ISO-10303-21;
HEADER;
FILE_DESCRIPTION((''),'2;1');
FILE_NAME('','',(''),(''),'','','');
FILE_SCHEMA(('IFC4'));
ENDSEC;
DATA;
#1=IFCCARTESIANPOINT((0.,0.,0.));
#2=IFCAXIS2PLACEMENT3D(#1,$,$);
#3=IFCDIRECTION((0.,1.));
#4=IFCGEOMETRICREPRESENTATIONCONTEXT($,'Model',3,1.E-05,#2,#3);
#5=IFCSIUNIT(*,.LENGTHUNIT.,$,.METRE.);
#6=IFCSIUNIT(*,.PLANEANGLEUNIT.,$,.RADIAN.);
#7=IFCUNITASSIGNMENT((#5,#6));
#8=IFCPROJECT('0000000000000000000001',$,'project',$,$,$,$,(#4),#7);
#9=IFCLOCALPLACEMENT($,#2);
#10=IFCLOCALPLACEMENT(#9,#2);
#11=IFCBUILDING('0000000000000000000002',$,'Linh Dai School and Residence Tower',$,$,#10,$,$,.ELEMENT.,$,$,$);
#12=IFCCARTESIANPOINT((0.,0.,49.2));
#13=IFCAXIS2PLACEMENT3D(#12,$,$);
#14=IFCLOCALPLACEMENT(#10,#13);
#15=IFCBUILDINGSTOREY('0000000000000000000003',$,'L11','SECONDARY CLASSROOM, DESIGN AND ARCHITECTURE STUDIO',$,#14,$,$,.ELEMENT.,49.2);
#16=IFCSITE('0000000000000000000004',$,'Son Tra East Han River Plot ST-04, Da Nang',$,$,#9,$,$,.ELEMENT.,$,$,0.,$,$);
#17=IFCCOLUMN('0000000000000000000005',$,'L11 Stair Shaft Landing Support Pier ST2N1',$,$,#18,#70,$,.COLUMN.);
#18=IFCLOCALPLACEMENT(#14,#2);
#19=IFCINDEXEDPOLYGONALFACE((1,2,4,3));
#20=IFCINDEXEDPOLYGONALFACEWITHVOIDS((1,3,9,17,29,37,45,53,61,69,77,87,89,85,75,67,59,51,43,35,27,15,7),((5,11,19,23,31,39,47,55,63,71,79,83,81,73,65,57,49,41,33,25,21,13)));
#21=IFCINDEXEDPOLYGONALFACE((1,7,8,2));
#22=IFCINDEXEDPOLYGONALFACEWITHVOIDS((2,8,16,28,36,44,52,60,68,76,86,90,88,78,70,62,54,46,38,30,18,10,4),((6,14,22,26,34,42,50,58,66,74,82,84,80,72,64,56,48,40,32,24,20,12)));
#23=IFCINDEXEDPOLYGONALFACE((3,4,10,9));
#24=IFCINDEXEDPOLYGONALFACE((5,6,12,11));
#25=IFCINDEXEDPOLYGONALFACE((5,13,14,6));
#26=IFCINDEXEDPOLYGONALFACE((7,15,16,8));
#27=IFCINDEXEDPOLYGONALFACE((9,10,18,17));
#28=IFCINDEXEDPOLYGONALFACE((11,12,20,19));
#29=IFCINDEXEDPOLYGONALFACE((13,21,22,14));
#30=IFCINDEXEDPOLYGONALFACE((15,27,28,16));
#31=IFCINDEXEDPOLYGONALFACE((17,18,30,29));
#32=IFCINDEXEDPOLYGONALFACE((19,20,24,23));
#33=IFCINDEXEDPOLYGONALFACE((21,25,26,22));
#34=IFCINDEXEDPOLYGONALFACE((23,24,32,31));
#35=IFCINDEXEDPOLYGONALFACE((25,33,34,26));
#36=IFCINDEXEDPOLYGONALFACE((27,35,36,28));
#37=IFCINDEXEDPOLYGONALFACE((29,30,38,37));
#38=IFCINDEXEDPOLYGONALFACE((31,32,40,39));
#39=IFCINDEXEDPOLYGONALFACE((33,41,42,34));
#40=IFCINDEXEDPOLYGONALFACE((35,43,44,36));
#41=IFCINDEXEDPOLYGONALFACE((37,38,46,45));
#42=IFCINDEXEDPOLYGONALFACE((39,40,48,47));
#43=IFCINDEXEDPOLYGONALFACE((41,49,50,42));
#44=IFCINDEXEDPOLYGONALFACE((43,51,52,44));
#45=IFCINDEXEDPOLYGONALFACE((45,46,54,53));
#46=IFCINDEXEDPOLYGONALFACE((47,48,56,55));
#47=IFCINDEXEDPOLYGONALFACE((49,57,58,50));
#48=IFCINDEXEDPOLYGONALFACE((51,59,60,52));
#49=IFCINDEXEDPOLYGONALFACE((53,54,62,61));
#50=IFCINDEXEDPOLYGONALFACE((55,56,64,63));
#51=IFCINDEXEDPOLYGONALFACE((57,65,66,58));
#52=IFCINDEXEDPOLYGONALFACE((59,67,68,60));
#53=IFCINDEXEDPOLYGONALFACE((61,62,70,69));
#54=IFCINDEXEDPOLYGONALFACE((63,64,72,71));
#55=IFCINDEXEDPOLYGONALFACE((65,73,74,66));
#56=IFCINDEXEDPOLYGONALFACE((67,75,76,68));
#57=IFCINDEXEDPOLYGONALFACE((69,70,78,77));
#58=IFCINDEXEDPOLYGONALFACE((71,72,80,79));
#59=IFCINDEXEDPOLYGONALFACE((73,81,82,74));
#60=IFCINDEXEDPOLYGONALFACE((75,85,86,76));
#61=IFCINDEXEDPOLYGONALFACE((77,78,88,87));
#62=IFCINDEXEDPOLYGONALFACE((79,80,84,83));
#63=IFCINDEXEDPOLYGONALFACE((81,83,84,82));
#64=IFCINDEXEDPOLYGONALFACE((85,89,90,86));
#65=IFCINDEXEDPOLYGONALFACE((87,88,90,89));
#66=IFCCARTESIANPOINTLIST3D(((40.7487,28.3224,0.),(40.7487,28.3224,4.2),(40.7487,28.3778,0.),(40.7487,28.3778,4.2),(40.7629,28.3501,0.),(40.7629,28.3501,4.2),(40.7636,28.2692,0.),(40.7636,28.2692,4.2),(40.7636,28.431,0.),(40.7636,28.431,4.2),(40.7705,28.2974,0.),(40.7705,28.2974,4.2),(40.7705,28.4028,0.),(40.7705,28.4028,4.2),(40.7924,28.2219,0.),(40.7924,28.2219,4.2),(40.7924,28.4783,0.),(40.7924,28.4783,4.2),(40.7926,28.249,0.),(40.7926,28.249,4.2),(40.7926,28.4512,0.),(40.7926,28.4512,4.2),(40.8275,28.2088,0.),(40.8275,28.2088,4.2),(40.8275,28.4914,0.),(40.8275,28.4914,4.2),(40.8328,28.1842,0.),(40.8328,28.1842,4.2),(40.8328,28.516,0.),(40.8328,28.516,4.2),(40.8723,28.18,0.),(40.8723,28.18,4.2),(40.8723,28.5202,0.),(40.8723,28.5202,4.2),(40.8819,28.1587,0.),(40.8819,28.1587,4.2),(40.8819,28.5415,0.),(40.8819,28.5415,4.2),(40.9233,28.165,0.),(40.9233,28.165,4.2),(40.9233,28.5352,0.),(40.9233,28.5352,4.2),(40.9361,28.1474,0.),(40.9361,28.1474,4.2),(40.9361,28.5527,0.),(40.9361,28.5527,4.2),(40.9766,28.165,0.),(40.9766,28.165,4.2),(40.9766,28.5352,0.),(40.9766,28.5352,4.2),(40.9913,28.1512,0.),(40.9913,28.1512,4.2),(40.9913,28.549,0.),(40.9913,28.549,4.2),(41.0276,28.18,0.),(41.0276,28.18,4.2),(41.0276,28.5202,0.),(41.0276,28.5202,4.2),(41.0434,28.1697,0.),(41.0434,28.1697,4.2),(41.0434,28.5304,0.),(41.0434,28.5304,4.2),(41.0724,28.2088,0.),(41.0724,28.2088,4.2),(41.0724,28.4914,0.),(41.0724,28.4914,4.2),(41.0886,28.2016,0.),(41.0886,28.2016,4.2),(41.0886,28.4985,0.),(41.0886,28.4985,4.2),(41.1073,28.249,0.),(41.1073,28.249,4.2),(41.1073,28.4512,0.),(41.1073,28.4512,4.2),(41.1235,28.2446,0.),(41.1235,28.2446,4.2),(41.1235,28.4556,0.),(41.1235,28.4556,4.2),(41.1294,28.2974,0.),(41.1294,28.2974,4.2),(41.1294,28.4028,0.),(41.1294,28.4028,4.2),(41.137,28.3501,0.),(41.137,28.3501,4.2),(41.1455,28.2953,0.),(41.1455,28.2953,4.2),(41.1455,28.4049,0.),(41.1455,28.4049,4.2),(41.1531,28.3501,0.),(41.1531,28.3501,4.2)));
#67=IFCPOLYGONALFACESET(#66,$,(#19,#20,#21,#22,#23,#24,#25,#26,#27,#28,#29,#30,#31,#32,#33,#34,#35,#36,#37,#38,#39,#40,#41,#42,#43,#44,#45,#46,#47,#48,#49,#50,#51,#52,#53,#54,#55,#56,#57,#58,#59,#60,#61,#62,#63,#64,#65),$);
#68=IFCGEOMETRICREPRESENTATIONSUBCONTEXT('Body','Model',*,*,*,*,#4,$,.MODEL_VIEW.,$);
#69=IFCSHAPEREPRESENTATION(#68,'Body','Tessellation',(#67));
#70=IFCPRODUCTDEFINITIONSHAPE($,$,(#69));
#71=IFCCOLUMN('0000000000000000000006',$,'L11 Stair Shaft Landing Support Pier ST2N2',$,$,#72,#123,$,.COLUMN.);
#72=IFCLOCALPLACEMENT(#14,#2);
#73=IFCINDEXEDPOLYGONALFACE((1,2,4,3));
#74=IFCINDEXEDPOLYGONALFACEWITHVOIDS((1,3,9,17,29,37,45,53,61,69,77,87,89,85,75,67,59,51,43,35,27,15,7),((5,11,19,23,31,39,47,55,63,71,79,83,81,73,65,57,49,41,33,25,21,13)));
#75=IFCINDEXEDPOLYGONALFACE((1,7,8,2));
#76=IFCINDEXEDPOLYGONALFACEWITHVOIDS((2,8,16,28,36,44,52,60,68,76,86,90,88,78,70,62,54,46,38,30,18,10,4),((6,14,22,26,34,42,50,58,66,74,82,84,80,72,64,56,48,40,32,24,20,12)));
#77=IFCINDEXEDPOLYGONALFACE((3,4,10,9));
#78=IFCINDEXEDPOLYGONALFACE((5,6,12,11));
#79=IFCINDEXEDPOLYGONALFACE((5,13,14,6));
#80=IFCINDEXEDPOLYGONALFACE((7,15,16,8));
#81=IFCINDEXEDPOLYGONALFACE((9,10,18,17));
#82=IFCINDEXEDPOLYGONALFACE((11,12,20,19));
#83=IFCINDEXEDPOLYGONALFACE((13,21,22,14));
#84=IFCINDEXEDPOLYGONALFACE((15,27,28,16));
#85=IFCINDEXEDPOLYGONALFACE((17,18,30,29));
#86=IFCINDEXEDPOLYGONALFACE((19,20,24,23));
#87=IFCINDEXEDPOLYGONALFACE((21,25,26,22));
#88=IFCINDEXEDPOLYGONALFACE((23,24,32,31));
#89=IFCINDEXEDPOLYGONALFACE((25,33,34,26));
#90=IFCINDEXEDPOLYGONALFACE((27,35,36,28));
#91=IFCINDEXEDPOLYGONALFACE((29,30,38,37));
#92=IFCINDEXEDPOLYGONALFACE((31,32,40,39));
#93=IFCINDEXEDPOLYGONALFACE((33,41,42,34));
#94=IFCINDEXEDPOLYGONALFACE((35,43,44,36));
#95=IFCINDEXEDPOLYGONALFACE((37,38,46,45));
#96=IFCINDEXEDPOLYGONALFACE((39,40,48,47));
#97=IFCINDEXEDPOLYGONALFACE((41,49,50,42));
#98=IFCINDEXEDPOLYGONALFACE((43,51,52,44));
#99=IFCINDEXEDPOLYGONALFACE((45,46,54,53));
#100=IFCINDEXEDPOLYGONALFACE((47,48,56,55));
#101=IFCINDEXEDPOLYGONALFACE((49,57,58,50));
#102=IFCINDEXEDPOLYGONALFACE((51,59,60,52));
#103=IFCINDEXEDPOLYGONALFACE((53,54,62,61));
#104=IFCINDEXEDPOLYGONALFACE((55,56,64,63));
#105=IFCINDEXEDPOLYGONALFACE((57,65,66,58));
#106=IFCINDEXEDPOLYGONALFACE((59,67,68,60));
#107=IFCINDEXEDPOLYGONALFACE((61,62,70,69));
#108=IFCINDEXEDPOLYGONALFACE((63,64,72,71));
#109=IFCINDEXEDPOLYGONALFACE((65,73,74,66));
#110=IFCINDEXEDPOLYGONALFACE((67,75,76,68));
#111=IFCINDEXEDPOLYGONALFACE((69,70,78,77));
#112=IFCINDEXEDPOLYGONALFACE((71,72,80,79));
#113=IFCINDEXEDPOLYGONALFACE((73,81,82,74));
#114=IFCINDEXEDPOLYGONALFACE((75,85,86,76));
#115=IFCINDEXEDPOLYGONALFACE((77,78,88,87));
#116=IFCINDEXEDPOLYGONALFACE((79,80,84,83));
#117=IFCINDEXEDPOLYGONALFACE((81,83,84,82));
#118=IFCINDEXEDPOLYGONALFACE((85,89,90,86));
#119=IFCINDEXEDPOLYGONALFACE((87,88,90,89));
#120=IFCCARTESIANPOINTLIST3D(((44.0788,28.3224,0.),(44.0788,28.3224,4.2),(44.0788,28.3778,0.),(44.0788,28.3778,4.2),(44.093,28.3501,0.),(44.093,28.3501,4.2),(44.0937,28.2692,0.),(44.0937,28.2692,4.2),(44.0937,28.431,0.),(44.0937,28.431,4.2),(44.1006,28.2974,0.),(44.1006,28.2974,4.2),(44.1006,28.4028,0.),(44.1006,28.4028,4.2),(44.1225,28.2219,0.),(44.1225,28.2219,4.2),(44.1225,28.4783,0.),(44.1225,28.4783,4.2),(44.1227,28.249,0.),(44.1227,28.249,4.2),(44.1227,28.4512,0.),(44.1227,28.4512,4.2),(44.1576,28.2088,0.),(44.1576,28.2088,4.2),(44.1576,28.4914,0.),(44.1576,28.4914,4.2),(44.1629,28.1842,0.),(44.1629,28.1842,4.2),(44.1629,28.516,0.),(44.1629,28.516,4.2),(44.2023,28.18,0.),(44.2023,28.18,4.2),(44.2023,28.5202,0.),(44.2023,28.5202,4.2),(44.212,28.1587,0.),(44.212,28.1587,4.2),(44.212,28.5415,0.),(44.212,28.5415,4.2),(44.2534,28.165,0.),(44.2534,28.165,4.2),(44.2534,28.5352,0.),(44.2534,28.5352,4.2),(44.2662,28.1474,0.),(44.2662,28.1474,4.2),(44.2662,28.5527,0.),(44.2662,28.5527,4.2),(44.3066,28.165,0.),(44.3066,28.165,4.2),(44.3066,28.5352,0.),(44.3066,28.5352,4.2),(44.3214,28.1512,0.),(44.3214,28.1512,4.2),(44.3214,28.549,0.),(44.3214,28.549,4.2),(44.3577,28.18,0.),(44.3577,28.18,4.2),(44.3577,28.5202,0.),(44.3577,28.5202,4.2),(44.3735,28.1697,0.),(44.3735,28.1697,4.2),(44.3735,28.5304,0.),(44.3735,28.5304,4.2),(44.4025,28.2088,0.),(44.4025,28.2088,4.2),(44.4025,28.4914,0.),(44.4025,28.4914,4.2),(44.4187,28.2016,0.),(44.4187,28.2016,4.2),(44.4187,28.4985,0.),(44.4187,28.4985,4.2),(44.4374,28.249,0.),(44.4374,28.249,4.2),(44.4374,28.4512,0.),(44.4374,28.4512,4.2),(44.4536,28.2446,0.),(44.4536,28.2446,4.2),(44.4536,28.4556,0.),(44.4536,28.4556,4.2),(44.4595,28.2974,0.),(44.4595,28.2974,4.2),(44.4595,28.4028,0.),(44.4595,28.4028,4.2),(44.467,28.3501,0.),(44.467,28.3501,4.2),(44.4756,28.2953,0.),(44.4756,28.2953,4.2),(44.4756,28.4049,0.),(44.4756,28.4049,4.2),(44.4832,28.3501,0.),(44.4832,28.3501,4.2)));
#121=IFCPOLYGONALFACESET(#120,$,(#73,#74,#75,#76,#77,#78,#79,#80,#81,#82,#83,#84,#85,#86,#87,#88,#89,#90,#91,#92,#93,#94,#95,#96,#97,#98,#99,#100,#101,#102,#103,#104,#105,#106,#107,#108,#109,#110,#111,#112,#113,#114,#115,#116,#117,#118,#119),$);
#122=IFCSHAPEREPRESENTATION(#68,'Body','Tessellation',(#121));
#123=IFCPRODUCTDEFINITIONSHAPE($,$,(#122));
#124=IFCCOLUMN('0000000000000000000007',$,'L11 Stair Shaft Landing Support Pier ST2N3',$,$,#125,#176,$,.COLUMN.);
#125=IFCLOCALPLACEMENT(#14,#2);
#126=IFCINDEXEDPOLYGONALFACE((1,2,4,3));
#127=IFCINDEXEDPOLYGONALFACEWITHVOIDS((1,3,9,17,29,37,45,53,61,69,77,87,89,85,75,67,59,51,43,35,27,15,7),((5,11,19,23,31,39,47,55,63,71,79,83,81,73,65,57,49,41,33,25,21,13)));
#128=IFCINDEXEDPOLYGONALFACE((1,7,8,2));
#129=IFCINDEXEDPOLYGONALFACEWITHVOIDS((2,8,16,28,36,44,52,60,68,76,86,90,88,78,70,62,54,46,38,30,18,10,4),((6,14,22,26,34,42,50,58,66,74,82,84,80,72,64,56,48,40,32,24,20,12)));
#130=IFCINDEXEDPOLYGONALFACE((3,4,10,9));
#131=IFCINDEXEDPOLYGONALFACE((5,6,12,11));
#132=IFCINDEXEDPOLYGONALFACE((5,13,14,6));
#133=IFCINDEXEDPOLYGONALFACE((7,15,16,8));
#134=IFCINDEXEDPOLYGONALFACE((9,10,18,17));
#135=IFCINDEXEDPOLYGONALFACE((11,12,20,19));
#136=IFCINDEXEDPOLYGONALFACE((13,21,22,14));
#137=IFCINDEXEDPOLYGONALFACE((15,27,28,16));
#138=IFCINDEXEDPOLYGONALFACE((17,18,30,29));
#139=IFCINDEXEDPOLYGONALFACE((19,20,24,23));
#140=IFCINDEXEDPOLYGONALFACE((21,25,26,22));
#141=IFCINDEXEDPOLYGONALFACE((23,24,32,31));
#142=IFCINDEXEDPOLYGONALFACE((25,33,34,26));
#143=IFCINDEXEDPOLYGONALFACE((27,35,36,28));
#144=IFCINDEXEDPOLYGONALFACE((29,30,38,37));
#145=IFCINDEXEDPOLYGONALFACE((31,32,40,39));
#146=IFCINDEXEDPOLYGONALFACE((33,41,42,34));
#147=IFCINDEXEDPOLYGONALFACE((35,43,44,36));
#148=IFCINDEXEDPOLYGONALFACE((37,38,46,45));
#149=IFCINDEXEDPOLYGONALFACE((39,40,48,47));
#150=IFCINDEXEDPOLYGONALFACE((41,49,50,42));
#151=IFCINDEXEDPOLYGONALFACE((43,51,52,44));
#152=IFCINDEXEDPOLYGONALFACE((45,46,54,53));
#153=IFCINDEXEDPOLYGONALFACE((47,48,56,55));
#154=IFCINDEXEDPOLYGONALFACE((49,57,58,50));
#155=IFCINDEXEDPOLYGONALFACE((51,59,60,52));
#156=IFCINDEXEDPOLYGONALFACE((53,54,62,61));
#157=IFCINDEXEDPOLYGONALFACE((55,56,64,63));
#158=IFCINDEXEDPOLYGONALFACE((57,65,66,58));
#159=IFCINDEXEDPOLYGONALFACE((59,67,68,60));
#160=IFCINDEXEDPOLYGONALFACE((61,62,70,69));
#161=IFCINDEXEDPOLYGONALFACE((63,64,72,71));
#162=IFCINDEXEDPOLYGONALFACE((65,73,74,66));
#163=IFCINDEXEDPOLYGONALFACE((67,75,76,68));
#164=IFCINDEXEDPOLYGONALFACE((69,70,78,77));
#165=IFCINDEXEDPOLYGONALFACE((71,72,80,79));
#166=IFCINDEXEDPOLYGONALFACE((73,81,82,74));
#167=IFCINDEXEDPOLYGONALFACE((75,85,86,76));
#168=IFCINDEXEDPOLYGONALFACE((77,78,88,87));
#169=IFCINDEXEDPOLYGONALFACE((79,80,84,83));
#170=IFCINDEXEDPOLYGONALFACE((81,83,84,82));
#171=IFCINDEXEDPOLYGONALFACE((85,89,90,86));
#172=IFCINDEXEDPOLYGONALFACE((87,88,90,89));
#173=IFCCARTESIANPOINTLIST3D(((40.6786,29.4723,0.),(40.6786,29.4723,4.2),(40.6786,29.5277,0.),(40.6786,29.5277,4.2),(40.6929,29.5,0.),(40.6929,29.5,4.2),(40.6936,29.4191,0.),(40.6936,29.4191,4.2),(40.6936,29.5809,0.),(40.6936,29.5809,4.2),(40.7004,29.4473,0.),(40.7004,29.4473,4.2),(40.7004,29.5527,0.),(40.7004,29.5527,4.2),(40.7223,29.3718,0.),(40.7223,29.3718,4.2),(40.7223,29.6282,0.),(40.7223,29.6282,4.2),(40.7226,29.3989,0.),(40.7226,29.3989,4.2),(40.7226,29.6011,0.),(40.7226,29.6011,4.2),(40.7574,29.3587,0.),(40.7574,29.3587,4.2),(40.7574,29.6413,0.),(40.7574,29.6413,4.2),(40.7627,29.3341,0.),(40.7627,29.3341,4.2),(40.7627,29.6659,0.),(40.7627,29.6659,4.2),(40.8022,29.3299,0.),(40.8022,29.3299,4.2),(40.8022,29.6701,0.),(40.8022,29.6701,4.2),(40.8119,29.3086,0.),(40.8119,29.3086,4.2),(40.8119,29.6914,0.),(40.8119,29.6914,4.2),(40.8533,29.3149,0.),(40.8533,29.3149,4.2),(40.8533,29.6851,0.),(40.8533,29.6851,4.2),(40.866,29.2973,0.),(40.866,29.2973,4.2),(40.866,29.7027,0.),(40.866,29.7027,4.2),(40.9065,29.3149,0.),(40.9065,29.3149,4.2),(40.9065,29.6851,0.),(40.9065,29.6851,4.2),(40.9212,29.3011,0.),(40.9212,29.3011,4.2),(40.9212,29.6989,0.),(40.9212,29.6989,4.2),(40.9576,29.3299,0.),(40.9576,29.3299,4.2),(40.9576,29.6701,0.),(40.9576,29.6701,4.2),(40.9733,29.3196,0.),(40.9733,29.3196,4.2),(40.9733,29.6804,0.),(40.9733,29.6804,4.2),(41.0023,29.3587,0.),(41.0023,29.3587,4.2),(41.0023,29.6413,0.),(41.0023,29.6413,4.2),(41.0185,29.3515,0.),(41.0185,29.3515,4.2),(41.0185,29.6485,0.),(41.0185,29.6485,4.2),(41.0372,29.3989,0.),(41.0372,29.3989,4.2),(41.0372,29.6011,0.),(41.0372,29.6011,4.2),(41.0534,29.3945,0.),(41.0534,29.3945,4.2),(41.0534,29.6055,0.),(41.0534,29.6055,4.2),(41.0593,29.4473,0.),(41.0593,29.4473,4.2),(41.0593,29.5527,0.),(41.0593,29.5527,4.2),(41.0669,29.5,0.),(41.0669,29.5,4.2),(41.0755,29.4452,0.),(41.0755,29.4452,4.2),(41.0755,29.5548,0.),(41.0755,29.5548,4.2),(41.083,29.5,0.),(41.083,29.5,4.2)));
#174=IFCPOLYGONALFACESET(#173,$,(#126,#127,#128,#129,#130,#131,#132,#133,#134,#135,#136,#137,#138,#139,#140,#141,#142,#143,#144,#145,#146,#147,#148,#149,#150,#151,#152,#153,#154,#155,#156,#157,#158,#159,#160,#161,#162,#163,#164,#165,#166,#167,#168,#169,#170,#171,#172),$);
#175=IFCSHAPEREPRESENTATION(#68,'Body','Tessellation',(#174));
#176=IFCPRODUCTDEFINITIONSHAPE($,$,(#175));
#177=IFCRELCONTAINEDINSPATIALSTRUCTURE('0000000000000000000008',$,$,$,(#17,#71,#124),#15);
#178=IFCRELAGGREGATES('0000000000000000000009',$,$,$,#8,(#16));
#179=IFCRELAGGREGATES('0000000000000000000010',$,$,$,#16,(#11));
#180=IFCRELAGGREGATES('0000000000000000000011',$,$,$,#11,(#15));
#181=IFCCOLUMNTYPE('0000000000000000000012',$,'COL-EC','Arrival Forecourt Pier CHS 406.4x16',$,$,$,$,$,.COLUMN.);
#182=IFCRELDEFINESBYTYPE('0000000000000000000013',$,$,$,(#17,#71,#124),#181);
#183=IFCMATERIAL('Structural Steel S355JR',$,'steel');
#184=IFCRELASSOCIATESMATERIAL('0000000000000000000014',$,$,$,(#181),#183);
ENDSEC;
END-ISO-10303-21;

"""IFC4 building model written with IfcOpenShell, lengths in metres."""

from ifc_helpers import new_model, si_unit, direction, frame, origin, origin_2d, place, context, subcontext, project, spatial, hollow_circle, extrude, material, material_profile, profile_set, type_object, element, save


model = new_model("IFC4")

# Units and contexts
model_context = context("Model", 3, precision=1e-05, world=origin(), true_north=direction((0.0, 1.0)))
body_context = subcontext(model_context, "Body", "Model", "MODEL_VIEW")
ifc_project = project(units=[si_unit("LENGTHUNIT", "METRE"), si_unit("PLANEANGLEUNIT", "RADIAN")], contexts=[model_context])

# Site, building, storey
site_placement = place(None, origin())
site = spatial("IfcSite", under=ifc_project, at=site_placement, Name="Son Tra East Han River Plot ST-04, Da Nang", CompositionType="ELEMENT", RefElevation=0.0)
building_placement = place(site_placement, origin())
building = spatial("IfcBuilding", under=site, at=building_placement, Name="Linh Dai School and Residence Tower", CompositionType="ELEMENT")
storey_placement = place(building_placement, frame((0.0, 0.0, 49.2)))
storey = spatial("IfcBuildingStorey", under=building, at=storey_placement, Name="L11", Description="SECONDARY CLASSROOM, DESIGN AND ARCHITECTURE STUDIO", CompositionType="ELEMENT", Elevation=49.2)

# Columns
ifc_material_1 = material(Name="Structural Steel S355JR", Category="steel")
ifc_material_profile_1 = material_profile(ifc_material_1, hollow_circle(Radius=0.2031, WallThickness=0.0161, at=origin_2d()), Name="CHS 406.4x16")
ifc_profile_set_1 = profile_set([ifc_material_profile_1], Name="Structural Steel S355JR")
column_type_1 = type_object("IfcColumnType", Name="COL-EC", Description="Arrival Forecourt Pier CHS 406.4x16", PredefinedType="COLUMN", material=ifc_profile_set_1)
for number, where, z_axis, x_axis, name in (
    (1, (40.95, 28.3501, 0.0), (0.0, 0.0, 1.0), (1.0, 0.0, 0.0), "L11 Stair Shaft Landing Support Pier ST2N1"),
    (2, (44.28, 28.3501, 0.0), (0.0, 0.0, 1.0), (1.0, 0.0, 0.0), "L11 Stair Shaft Landing Support Pier ST2N2"),
    (3, (40.8799, 29.5, 0.0), (0.0, 0.0, 1.0), (1.0, 0.0, 0.0), "L11 Stair Shaft Landing Support Pier ST2N3"),
):
    element("IfcColumn", number, at=place(storey_placement, frame(where, z_axis=z_axis, x_axis=x_axis)), inside=storey, type_object=column_type_1, Name=name, PredefinedType="COLUMN", context=body_context, shape_type="SweptSolid", body=[
        extrude(hollow_circle(Radius=0.2031, WallThickness=0.0161, at=origin_2d()), origin(), (0.0, 0.0, 1.0), 4.2),
    ])

save(model, "model.ifc")
